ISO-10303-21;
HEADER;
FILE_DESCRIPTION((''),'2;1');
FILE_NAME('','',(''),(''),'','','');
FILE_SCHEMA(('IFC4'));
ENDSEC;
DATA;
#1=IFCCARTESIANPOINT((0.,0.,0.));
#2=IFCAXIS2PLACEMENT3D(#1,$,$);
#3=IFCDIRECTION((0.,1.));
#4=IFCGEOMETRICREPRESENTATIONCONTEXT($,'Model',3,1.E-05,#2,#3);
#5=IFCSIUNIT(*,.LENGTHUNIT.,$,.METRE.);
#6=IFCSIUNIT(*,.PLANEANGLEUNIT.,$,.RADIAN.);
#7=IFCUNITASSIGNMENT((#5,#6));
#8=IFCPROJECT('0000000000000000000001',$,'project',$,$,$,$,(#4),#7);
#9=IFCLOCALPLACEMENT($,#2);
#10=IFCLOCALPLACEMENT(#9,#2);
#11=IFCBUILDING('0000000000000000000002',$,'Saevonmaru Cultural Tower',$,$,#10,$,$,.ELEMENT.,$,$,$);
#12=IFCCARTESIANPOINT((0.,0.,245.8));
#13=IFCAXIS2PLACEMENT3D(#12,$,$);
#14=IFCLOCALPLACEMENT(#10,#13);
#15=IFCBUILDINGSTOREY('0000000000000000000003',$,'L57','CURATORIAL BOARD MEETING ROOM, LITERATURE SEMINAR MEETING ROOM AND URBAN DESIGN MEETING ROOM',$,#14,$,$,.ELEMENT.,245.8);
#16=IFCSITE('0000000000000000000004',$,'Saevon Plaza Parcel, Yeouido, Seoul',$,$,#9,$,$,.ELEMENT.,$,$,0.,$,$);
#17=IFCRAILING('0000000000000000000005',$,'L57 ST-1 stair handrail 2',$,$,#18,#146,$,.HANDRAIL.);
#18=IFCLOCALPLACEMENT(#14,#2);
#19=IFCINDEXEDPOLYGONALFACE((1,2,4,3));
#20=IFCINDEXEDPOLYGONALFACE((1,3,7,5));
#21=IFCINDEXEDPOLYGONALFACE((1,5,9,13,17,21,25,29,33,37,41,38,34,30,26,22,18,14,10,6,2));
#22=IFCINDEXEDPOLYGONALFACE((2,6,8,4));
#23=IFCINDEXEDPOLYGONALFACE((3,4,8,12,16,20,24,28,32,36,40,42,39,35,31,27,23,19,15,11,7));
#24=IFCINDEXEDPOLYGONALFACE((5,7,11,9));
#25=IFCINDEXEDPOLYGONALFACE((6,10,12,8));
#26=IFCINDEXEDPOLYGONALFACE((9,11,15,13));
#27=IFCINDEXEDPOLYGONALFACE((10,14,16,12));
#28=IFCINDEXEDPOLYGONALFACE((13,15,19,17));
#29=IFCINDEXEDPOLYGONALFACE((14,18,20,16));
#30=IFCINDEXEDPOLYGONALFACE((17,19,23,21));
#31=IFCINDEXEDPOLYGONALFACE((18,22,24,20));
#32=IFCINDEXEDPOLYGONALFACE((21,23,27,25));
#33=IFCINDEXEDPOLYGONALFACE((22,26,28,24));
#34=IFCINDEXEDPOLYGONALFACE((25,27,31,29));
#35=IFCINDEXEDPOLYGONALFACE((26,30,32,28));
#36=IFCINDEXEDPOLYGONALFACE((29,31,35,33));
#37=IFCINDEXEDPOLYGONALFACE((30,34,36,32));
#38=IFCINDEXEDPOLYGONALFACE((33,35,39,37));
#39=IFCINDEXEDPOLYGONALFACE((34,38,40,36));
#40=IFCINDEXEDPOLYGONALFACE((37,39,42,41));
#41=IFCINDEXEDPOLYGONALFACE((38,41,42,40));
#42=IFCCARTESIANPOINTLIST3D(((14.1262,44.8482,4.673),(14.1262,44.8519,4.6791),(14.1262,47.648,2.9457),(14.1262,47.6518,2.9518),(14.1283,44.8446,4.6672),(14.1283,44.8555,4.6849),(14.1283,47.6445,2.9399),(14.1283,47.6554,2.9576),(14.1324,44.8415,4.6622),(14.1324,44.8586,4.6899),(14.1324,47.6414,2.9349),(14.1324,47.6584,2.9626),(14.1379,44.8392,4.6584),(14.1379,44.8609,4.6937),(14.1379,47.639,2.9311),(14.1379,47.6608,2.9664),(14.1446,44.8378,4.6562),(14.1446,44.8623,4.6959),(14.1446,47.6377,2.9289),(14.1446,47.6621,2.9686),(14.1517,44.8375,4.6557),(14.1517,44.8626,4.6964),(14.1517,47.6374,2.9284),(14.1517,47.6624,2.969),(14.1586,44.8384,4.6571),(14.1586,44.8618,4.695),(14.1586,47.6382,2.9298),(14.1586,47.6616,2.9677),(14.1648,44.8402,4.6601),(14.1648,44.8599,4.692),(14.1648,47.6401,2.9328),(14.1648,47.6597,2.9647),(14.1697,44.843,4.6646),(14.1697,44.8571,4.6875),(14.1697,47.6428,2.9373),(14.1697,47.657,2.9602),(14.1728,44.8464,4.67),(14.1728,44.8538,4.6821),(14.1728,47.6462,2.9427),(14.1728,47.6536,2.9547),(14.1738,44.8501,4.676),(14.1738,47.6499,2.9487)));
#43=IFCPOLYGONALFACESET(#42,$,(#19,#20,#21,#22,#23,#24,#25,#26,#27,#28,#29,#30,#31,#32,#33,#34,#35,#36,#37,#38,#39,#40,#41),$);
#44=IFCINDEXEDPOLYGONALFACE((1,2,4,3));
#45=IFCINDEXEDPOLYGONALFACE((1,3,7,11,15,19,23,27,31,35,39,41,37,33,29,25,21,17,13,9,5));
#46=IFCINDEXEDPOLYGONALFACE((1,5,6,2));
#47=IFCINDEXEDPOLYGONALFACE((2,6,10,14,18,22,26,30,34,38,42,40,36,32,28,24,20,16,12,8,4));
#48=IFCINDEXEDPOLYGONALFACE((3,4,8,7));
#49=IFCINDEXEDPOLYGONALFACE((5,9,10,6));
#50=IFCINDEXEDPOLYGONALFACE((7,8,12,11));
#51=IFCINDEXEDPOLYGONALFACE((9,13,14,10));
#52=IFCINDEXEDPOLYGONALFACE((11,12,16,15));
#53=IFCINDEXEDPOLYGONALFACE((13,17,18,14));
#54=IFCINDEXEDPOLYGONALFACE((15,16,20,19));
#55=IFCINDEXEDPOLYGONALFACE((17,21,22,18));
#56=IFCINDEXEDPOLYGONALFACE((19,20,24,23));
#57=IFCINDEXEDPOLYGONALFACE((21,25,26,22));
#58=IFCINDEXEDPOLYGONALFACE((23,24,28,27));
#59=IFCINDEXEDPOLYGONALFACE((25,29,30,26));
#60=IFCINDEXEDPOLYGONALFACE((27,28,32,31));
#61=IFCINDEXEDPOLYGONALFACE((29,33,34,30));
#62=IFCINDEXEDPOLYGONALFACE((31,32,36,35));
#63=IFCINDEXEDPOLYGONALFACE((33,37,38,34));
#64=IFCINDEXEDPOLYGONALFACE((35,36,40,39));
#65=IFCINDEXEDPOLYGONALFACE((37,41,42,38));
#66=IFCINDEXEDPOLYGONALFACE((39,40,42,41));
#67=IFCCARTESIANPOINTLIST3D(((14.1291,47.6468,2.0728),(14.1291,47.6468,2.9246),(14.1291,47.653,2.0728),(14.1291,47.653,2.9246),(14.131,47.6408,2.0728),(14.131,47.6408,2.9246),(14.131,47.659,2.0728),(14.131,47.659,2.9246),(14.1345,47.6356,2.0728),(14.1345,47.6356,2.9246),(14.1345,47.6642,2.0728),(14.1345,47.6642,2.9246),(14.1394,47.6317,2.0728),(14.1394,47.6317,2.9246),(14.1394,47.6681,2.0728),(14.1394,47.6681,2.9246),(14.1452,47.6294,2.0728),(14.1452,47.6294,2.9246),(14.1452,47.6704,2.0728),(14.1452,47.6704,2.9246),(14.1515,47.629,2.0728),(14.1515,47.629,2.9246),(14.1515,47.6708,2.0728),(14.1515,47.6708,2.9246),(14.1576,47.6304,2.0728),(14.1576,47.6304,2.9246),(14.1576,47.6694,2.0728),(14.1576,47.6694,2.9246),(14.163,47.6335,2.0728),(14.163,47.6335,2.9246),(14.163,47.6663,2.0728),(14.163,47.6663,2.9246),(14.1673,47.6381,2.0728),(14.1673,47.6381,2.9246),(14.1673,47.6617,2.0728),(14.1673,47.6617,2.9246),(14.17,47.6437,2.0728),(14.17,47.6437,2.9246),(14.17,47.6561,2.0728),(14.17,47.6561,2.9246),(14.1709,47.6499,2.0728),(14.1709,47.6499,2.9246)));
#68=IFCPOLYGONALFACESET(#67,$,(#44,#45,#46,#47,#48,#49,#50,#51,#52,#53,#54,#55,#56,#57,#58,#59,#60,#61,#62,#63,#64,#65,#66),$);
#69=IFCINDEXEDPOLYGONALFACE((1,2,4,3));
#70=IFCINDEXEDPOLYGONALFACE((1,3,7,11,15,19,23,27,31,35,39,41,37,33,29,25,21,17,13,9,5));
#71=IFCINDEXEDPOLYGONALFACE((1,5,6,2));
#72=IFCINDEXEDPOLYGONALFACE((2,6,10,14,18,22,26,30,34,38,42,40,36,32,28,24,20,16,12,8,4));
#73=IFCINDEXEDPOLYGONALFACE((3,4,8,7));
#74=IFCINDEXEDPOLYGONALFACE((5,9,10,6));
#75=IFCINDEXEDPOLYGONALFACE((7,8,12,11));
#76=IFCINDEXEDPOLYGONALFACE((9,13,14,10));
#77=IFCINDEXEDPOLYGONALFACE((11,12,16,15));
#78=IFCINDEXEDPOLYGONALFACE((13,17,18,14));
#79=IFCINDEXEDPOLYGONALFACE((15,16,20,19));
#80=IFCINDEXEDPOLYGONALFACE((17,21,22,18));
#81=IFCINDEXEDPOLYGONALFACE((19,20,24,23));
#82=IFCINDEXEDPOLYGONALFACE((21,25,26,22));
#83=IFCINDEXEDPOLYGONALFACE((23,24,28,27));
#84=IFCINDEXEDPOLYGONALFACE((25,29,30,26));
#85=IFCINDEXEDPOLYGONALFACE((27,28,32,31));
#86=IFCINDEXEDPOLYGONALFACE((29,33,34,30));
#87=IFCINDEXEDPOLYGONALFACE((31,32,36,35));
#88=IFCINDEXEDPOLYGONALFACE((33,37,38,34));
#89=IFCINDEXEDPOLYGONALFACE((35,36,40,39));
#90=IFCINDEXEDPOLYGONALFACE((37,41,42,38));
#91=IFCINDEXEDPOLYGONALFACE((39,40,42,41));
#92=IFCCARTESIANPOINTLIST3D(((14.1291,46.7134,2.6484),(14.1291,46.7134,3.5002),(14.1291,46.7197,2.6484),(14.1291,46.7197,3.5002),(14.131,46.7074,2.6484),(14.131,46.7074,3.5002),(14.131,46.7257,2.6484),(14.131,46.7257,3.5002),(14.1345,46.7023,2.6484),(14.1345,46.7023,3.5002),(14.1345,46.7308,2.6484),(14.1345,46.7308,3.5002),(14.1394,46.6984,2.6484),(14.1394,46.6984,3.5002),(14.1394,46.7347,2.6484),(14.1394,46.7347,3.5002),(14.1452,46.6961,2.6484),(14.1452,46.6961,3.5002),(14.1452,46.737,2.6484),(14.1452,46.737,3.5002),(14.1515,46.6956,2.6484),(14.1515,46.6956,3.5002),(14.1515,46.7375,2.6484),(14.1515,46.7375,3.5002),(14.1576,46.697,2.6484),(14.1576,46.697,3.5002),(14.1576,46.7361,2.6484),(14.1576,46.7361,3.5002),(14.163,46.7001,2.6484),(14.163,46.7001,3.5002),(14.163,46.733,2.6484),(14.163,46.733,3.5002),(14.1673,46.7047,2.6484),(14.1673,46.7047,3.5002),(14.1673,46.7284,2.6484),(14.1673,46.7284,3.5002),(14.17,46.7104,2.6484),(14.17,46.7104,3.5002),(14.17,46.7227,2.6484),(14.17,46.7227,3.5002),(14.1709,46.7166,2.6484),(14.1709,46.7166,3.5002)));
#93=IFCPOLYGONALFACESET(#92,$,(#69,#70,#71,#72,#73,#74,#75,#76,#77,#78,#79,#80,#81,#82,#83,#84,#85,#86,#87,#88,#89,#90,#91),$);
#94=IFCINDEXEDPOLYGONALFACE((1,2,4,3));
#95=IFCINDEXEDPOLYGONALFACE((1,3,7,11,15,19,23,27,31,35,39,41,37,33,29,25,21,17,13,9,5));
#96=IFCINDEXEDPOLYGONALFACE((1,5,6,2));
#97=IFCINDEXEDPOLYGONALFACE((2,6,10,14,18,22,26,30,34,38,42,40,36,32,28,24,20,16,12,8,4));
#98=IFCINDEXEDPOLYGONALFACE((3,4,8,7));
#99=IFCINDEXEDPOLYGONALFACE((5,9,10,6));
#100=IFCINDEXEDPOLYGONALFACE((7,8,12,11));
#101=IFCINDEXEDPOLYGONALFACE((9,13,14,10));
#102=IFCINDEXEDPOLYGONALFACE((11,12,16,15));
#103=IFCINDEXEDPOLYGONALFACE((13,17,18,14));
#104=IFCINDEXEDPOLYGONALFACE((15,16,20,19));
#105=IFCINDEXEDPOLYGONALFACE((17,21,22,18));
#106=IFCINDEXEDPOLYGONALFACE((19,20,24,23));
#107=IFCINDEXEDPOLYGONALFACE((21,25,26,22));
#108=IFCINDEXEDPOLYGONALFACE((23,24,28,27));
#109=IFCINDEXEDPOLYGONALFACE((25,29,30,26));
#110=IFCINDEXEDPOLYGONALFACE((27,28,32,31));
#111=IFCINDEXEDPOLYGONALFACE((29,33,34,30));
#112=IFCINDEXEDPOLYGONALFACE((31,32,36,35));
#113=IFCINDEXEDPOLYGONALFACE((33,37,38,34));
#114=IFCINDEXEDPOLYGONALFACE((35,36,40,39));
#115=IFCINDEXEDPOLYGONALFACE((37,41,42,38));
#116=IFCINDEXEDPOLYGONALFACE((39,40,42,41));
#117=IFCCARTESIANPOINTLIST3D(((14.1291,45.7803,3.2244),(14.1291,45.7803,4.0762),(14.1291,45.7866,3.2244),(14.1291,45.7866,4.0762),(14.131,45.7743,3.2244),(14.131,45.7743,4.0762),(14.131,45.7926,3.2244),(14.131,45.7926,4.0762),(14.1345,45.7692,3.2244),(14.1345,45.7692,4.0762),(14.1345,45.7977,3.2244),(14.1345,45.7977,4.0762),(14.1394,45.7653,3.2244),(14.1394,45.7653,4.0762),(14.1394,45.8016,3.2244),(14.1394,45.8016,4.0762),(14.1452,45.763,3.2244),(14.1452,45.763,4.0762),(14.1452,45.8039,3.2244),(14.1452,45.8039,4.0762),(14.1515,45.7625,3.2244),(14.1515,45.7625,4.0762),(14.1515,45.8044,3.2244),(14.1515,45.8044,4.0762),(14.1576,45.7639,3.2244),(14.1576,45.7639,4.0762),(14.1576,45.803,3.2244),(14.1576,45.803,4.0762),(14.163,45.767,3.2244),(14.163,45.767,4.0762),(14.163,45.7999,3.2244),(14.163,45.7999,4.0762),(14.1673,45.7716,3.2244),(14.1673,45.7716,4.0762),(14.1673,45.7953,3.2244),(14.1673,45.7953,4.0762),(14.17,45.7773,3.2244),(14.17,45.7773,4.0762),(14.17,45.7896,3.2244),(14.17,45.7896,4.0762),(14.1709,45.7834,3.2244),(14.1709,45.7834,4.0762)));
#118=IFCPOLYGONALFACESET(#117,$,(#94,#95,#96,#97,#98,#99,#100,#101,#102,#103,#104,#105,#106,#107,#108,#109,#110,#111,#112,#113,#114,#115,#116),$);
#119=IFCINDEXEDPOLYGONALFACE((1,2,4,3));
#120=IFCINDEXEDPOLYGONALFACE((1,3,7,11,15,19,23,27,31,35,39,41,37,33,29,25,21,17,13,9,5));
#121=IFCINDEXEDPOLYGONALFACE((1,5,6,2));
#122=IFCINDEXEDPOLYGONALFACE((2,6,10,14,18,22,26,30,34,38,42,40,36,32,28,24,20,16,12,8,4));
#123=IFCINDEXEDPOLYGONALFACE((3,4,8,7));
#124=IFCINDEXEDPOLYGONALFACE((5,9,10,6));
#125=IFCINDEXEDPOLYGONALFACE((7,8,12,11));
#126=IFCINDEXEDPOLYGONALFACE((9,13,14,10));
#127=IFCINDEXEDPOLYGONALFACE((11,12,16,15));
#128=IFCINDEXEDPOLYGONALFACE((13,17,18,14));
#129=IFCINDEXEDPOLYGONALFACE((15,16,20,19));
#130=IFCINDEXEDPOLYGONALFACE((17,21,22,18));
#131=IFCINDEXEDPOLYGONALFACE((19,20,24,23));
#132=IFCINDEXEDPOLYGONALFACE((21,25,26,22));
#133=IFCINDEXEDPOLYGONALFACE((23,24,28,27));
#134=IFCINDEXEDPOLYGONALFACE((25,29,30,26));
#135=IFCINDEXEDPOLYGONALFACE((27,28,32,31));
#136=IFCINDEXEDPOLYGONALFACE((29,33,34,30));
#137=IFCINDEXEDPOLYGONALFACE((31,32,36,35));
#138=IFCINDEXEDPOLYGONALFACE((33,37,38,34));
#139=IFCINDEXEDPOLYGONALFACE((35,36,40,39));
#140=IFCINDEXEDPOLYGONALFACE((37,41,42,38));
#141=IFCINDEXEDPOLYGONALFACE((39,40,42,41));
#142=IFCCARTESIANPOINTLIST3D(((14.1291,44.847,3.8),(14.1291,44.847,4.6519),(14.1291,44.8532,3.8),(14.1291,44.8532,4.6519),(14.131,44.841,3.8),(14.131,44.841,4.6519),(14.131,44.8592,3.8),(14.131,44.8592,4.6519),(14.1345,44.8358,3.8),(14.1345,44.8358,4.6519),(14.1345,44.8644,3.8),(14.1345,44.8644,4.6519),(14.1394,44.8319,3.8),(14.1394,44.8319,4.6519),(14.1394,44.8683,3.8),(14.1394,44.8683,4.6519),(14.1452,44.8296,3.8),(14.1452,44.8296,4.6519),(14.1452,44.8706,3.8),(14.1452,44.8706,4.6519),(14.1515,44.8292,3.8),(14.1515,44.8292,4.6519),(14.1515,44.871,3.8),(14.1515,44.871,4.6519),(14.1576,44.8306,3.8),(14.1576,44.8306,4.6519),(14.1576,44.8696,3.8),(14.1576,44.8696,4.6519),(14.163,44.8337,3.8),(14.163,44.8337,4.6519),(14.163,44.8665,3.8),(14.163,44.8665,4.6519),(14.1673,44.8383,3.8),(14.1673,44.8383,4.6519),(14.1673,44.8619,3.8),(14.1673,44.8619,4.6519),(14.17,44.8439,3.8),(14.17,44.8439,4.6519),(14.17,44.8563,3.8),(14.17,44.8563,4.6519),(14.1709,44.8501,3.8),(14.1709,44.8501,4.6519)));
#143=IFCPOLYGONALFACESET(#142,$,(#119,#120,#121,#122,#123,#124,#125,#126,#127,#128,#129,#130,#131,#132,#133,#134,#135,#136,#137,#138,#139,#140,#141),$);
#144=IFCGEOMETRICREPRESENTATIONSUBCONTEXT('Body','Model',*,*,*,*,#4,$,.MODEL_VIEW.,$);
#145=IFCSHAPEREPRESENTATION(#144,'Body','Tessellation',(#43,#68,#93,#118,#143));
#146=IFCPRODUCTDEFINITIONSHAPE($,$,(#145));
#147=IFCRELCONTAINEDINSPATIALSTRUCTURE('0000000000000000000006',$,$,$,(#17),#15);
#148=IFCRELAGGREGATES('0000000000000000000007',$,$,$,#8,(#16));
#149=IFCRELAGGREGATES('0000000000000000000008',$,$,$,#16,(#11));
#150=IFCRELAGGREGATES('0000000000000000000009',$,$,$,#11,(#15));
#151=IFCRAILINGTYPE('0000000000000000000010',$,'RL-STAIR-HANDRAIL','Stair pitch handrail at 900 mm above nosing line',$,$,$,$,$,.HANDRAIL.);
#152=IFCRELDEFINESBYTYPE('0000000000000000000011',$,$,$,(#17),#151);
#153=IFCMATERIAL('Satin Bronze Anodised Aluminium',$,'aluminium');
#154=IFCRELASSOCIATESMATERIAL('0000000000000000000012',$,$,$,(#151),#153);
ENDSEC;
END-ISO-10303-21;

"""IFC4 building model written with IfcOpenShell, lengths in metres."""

from ifc_helpers import new_model, si_unit, direction, frame, origin, origin_2d, place, context, subcontext, project, spatial, circle, extrude, material, type_object, element, save


model = new_model("IFC4")

# Units and contexts
model_context = context("Model", 3, precision=1e-05, world=origin(), true_north=direction((0.0, 1.0)))
body_context = subcontext(model_context, "Body", "Model", "MODEL_VIEW")
ifc_project = project(units=[si_unit("LENGTHUNIT", "METRE"), si_unit("PLANEANGLEUNIT", "RADIAN")], contexts=[model_context])

# Site, building, storey
site_placement = place(None, origin())
site = spatial("IfcSite", under=ifc_project, at=site_placement, Name="Saevon Plaza Parcel, Yeouido, Seoul", CompositionType="ELEMENT", RefElevation=0.0)
building_placement = place(site_placement, origin())
building = spatial("IfcBuilding", under=site, at=building_placement, Name="Saevonmaru Cultural Tower", CompositionType="ELEMENT")
storey_placement = place(building_placement, frame((0.0, 0.0, 245.8)))
storey = spatial("IfcBuildingStorey", under=building, at=storey_placement, Name="L57", Description="CURATORIAL BOARD MEETING ROOM, LITERATURE SEMINAR MEETING ROOM AND URBAN DESIGN MEETING ROOM", CompositionType="ELEMENT", Elevation=245.8)

# Shared definitions
ifc_material_1 = material(Name="Satin Bronze Anodised Aluminium", Category="aluminium")

# Railing
railing_type_1 = type_object("IfcRailingType", Name="RL-STAIR-HANDRAIL", Description="Stair pitch handrail at 900 mm above nosing line", PredefinedType="HANDRAIL", material=ifc_material_1)
railing_1_placement = place(storey_placement, frame((14.1499, 47.6499, 2.0728)))
element("IfcRailing", 1, at=railing_1_placement, inside=storey, type_object=railing_type_1, Name="L57 ST-1 stair handrail 2", PredefinedType="HANDRAIL", context=body_context, shape_type="SweptSolid", body=[
    extrude(circle(Radius=0.0239, at=origin_2d()), frame((0.0, 0.0, 0.876), z_axis=(0.0, -0.851069, 0.525054), x_axis=(1.0, 0.0, 0.0)), (0.0, 0.0, 1.0), 3.2898),
    extrude(circle(Radius=0.021, at=origin_2d()), origin(), (0.0, 0.0, 1.0), 0.8518),
    extrude(circle(Radius=0.021, at=origin_2d()), frame((0.0, -0.9333, 0.5757)), (0.0, 0.0, 1.0), 0.8518),
    extrude(circle(Radius=0.021, at=origin_2d()), frame((0.0, -1.8665, 1.1516)), (0.0, 0.0, 1.0), 0.8518),
    extrude(circle(Radius=0.021, at=origin_2d()), frame((0.0, -2.7998, 1.7273)), (0.0, 0.0, 1.0), 0.8518),
])

save(model, "model.ifc")
